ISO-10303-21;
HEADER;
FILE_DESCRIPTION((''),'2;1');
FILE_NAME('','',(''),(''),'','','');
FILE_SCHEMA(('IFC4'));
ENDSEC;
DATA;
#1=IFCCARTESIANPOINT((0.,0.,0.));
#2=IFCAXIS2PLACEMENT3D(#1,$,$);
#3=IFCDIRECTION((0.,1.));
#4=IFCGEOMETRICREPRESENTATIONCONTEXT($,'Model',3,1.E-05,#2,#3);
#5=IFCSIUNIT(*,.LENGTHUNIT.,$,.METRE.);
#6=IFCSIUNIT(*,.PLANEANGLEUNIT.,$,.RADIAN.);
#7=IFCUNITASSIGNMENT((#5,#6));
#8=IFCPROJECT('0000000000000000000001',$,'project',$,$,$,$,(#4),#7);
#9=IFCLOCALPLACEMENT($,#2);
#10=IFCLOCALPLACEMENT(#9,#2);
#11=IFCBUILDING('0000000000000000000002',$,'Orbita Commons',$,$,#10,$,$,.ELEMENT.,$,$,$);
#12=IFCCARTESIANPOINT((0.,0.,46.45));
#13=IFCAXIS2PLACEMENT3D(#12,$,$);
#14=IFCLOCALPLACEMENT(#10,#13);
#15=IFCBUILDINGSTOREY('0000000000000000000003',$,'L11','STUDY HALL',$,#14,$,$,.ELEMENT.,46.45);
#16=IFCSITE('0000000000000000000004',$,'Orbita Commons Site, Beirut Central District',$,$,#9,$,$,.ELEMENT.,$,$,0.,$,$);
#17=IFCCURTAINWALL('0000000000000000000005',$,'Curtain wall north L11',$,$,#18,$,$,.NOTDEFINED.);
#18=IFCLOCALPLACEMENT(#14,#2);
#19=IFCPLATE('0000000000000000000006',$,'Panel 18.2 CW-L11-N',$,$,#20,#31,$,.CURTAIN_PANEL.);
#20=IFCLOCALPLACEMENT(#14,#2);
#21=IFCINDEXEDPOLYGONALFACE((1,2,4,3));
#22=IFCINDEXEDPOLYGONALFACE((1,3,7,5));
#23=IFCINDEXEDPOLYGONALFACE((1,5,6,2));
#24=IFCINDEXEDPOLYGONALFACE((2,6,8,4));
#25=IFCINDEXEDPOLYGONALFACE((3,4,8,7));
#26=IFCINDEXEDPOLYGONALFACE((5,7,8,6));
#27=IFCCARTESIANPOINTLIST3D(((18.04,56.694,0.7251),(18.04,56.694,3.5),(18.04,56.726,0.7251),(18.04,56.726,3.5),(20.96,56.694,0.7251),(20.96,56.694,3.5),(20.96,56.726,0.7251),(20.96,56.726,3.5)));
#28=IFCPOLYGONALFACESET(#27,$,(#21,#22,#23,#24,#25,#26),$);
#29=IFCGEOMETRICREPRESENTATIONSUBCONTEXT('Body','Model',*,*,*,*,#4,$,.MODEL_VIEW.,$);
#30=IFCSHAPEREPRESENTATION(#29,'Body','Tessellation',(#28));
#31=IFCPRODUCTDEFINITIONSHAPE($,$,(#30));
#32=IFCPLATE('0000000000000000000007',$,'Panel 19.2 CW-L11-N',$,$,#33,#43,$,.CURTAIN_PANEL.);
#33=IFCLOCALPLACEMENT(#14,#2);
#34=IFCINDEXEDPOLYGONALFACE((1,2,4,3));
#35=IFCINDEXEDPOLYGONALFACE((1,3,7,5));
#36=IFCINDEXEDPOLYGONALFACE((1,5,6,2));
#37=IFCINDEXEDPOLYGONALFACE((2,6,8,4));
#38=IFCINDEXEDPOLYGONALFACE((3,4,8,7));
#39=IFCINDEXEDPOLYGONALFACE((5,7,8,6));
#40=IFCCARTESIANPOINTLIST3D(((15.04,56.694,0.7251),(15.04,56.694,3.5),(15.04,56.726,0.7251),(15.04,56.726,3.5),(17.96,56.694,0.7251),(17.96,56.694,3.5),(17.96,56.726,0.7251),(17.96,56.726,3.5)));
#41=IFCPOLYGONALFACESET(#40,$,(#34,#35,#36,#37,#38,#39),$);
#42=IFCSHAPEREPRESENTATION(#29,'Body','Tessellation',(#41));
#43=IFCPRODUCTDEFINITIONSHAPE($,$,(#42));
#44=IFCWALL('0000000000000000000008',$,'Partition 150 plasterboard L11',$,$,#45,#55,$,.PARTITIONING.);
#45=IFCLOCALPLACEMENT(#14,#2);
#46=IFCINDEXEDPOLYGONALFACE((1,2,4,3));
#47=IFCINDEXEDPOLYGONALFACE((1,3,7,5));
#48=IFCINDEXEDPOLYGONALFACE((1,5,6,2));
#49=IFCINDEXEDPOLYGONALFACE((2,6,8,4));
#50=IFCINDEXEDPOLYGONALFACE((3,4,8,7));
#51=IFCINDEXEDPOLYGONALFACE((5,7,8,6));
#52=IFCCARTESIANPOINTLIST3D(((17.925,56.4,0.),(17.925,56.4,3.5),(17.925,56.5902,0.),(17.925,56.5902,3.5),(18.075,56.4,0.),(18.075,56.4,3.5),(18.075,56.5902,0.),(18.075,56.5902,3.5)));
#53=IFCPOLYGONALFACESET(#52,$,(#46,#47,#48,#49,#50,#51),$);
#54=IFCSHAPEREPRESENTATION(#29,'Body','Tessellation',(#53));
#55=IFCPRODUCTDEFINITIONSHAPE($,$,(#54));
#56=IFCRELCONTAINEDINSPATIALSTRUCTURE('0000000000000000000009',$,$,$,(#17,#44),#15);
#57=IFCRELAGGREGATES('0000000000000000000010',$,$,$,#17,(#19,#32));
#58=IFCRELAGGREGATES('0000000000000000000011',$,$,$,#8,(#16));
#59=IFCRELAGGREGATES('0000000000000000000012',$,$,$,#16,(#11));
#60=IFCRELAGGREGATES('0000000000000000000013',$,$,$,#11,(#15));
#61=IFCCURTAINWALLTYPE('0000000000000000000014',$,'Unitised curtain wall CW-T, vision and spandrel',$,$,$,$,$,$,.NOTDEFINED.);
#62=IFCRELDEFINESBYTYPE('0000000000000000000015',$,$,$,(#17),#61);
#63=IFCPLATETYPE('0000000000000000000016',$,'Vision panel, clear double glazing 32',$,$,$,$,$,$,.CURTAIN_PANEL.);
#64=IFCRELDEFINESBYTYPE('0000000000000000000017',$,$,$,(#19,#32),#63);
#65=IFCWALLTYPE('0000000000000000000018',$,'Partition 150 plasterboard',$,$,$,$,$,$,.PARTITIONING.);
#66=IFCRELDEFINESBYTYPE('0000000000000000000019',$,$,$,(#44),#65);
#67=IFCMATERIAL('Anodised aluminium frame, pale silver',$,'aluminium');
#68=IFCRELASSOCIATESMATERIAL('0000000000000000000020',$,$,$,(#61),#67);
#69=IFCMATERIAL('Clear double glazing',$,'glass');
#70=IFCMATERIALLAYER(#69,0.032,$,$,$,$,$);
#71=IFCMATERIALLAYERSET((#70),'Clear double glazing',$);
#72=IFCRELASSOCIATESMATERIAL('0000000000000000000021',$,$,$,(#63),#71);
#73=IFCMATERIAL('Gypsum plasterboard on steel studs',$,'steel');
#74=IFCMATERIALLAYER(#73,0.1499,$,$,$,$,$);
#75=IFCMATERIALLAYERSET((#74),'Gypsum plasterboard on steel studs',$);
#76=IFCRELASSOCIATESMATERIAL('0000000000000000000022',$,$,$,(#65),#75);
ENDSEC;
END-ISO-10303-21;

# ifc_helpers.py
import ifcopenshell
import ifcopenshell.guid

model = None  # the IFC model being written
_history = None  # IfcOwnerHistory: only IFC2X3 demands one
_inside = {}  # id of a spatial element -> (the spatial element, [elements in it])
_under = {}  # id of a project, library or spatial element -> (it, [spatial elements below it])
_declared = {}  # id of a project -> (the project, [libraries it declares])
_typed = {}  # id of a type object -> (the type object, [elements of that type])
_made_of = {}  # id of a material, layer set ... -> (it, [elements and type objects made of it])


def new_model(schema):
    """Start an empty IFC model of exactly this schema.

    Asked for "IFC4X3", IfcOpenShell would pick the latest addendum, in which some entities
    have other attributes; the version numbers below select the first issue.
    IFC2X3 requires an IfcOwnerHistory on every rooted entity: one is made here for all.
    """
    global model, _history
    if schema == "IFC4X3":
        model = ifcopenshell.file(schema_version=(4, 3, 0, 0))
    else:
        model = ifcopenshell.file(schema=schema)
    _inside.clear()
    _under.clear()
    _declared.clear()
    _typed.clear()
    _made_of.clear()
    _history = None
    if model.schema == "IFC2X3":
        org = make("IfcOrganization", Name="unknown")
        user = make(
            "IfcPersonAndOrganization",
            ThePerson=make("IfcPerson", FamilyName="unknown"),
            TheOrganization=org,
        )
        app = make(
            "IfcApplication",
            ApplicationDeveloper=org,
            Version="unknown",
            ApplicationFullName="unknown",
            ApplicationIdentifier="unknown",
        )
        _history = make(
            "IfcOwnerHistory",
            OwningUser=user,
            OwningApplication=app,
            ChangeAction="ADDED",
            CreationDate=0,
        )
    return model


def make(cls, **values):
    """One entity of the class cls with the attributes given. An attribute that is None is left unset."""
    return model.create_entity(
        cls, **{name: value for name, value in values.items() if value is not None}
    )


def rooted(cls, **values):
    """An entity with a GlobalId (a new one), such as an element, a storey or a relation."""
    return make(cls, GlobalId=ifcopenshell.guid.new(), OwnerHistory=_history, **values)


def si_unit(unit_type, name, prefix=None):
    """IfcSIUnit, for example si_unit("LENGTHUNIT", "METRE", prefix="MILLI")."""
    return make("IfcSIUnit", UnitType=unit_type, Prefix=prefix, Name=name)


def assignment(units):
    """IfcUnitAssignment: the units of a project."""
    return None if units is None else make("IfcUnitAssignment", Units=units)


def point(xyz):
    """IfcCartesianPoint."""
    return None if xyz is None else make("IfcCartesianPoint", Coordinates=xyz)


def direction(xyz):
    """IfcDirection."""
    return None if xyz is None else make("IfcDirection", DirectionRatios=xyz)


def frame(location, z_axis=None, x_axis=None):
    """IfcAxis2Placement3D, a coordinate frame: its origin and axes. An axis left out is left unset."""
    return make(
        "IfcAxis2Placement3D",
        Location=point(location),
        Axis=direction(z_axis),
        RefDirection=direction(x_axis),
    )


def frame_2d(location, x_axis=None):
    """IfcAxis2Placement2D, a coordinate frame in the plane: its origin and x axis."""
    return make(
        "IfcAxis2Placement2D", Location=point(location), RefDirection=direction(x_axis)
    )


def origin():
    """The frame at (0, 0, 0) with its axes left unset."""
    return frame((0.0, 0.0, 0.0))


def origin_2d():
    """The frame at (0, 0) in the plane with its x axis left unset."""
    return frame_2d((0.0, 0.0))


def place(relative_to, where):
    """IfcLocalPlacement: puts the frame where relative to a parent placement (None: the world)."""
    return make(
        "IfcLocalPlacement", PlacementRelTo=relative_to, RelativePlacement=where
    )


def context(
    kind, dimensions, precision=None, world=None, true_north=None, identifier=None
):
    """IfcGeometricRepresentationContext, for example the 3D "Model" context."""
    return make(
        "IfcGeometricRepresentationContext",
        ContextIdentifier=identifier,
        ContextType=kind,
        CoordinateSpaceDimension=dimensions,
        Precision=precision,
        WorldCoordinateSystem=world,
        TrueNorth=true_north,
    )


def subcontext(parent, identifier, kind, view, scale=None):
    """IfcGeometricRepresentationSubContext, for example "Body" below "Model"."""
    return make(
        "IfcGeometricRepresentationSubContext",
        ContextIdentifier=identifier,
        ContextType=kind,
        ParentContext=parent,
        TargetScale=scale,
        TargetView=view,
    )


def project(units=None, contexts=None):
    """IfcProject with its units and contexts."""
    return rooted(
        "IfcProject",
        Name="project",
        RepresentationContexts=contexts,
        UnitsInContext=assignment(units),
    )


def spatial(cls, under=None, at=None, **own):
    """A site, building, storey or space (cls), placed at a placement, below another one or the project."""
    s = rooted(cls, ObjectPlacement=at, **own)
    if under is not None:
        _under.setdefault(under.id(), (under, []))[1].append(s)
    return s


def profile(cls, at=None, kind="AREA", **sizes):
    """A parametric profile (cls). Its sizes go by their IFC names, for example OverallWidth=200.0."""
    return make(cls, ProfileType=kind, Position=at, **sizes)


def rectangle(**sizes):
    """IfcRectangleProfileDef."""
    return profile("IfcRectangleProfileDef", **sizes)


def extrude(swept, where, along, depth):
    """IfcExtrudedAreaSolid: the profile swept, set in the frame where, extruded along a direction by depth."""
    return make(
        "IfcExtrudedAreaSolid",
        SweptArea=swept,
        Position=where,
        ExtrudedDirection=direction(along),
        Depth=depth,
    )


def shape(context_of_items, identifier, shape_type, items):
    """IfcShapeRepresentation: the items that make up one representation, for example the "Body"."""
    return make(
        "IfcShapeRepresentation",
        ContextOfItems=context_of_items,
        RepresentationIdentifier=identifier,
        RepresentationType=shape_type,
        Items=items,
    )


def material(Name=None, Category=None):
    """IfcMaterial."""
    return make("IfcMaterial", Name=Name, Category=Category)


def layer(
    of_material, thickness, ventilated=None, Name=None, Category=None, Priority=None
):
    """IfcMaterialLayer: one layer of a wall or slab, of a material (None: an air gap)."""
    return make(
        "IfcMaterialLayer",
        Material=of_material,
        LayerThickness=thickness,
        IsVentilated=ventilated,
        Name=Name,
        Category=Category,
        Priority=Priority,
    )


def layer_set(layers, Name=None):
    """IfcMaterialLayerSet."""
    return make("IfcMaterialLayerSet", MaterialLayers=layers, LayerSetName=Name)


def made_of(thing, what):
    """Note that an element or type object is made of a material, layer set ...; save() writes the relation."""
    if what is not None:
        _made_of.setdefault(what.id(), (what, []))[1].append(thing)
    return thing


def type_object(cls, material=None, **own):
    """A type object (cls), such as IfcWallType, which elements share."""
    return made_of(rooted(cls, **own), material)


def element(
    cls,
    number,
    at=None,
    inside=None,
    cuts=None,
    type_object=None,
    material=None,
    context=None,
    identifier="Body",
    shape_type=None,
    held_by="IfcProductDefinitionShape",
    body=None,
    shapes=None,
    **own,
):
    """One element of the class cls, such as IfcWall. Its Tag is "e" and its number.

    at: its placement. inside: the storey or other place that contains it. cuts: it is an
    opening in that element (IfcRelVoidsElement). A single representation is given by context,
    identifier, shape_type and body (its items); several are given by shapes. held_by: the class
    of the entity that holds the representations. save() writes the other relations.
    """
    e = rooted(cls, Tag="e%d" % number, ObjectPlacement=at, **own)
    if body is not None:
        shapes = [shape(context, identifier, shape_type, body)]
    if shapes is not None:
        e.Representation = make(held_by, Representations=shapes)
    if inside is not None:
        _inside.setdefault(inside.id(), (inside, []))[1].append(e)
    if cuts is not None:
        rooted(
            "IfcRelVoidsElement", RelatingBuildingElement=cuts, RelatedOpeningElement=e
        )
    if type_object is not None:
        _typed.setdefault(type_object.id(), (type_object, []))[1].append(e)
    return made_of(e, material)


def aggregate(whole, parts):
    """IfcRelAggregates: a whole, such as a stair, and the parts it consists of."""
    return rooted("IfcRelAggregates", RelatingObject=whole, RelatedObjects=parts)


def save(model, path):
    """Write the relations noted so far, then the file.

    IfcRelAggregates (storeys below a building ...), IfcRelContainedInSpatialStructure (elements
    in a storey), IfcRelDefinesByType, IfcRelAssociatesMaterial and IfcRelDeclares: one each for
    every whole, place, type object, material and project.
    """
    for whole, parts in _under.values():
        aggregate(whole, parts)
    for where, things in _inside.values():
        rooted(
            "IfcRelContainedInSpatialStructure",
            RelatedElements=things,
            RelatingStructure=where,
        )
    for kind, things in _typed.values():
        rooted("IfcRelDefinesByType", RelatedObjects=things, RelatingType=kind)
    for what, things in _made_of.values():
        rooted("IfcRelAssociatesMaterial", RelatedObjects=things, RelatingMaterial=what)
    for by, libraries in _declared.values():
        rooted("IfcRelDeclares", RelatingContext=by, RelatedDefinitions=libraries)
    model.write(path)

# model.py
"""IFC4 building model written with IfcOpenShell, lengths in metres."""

from ifc_helpers import new_model, si_unit, direction, frame, frame_2d, origin, origin_2d, place, context, subcontext, project, spatial, rectangle, extrude, material, layer, layer_set, type_object, element, aggregate, save


model = new_model("IFC4")

# Units and contexts
model_context = context("Model", 3, precision=1e-05, world=origin(), true_north=direction((0.0, 1.0)))
body_context = subcontext(model_context, "Body", "Model", "MODEL_VIEW")
ifc_project = project(units=[si_unit("LENGTHUNIT", "METRE"), si_unit("PLANEANGLEUNIT", "RADIAN")], contexts=[model_context])

# Site, building, storey
site_placement = place(None, origin())
site = spatial("IfcSite", under=ifc_project, at=site_placement, Name="Orbita Commons Site, Beirut Central District", CompositionType="ELEMENT", RefElevation=0.0)
building_placement = place(site_placement, origin())
building = spatial("IfcBuilding", under=site, at=building_placement, Name="Orbita Commons", CompositionType="ELEMENT")
storey_placement = place(building_placement, frame((0.0, 0.0, 46.45)))
storey = spatial("IfcBuildingStorey", under=building, at=storey_placement, Name="L11", Description="STUDY HALL", CompositionType="ELEMENT", Elevation=46.45)

# Curtain wall
ifc_material_1 = material(Name="Anodised aluminium frame, pale silver", Category="aluminium")
curtain_wall_type = type_object("IfcCurtainWallType", Name="Unitised curtain wall CW-T, vision and spandrel", PredefinedType="NOTDEFINED", material=ifc_material_1)
curtain_wall_placement = place(storey_placement, origin())
curtain_wall = element("IfcCurtainWall", 1, at=curtain_wall_placement, inside=storey, type_object=curtain_wall_type, Name="Curtain wall north L11", PredefinedType="NOTDEFINED")

# Plates
ifc_material_2 = material(Name="Clear double glazing", Category="glass")
ifc_layer_1 = layer(ifc_material_2, 0.032)
ifc_layer_set_1 = layer_set([ifc_layer_1], Name="Clear double glazing")
plate_type_1 = type_object("IfcPlateType", Name="Vision panel, clear double glazing 32", PredefinedType="CURTAIN_PANEL", material=ifc_layer_set_1)
plate_1_placement = place(storey_placement, frame((19.5, 56.71, 0.7251), z_axis=(0.0, 0.0, 1.0), x_axis=(-1.0, 0.0, 0.0)))
plate_1 = element("IfcPlate", 2, at=plate_1_placement, type_object=plate_type_1, Name="Panel 18.2 CW-L11-N", PredefinedType="CURTAIN_PANEL", context=body_context, shape_type="SweptSolid", body=[
    extrude(rectangle(XDim=2.9199, YDim=0.032, at=origin_2d()), origin(), (0.0, 0.0, 1.0), 2.7749),
])
plate_2_placement = place(storey_placement, frame((16.5, 56.71, 0.7251), z_axis=(0.0, 0.0, 1.0), x_axis=(-1.0, 0.0, 0.0)))
plate_2 = element("IfcPlate", 3, at=plate_2_placement, type_object=plate_type_1, Name="Panel 19.2 CW-L11-N", PredefinedType="CURTAIN_PANEL", context=body_context, shape_type="SweptSolid", body=[
    extrude(rectangle(XDim=2.9199, YDim=0.032, at=origin_2d()), origin(), (0.0, 0.0, 1.0), 2.7749),
])
aggregate(curtain_wall, [plate_1, plate_2])

# Wall
ifc_material_3 = material(Name="Gypsum plasterboard on steel studs", Category="steel")
ifc_layer_2 = layer(ifc_material_3, 0.1499)
ifc_layer_set_2 = layer_set([ifc_layer_2], Name="Gypsum plasterboard on steel studs")
wall_type = type_object("IfcWallType", Name="Partition 150 plasterboard", PredefinedType="PARTITIONING", material=ifc_layer_set_2)
wall_placement = place(storey_placement, frame((18.0, 56.3999, 0.0), z_axis=(0.0, 0.0, 1.0), x_axis=(0.0, 1.0, 0.0)))
element("IfcWall", 4, at=wall_placement, inside=storey, type_object=wall_type, Name="Partition 150 plasterboard L11", PredefinedType="PARTITIONING", context=body_context, shape_type="SweptSolid", body=[
    extrude(rectangle(XDim=0.1902, YDim=0.1499, at=frame_2d((0.0952, 0.0))), origin(), (0.0, 0.0, 1.0), 3.5),
])

save(model, "model.ifc")
